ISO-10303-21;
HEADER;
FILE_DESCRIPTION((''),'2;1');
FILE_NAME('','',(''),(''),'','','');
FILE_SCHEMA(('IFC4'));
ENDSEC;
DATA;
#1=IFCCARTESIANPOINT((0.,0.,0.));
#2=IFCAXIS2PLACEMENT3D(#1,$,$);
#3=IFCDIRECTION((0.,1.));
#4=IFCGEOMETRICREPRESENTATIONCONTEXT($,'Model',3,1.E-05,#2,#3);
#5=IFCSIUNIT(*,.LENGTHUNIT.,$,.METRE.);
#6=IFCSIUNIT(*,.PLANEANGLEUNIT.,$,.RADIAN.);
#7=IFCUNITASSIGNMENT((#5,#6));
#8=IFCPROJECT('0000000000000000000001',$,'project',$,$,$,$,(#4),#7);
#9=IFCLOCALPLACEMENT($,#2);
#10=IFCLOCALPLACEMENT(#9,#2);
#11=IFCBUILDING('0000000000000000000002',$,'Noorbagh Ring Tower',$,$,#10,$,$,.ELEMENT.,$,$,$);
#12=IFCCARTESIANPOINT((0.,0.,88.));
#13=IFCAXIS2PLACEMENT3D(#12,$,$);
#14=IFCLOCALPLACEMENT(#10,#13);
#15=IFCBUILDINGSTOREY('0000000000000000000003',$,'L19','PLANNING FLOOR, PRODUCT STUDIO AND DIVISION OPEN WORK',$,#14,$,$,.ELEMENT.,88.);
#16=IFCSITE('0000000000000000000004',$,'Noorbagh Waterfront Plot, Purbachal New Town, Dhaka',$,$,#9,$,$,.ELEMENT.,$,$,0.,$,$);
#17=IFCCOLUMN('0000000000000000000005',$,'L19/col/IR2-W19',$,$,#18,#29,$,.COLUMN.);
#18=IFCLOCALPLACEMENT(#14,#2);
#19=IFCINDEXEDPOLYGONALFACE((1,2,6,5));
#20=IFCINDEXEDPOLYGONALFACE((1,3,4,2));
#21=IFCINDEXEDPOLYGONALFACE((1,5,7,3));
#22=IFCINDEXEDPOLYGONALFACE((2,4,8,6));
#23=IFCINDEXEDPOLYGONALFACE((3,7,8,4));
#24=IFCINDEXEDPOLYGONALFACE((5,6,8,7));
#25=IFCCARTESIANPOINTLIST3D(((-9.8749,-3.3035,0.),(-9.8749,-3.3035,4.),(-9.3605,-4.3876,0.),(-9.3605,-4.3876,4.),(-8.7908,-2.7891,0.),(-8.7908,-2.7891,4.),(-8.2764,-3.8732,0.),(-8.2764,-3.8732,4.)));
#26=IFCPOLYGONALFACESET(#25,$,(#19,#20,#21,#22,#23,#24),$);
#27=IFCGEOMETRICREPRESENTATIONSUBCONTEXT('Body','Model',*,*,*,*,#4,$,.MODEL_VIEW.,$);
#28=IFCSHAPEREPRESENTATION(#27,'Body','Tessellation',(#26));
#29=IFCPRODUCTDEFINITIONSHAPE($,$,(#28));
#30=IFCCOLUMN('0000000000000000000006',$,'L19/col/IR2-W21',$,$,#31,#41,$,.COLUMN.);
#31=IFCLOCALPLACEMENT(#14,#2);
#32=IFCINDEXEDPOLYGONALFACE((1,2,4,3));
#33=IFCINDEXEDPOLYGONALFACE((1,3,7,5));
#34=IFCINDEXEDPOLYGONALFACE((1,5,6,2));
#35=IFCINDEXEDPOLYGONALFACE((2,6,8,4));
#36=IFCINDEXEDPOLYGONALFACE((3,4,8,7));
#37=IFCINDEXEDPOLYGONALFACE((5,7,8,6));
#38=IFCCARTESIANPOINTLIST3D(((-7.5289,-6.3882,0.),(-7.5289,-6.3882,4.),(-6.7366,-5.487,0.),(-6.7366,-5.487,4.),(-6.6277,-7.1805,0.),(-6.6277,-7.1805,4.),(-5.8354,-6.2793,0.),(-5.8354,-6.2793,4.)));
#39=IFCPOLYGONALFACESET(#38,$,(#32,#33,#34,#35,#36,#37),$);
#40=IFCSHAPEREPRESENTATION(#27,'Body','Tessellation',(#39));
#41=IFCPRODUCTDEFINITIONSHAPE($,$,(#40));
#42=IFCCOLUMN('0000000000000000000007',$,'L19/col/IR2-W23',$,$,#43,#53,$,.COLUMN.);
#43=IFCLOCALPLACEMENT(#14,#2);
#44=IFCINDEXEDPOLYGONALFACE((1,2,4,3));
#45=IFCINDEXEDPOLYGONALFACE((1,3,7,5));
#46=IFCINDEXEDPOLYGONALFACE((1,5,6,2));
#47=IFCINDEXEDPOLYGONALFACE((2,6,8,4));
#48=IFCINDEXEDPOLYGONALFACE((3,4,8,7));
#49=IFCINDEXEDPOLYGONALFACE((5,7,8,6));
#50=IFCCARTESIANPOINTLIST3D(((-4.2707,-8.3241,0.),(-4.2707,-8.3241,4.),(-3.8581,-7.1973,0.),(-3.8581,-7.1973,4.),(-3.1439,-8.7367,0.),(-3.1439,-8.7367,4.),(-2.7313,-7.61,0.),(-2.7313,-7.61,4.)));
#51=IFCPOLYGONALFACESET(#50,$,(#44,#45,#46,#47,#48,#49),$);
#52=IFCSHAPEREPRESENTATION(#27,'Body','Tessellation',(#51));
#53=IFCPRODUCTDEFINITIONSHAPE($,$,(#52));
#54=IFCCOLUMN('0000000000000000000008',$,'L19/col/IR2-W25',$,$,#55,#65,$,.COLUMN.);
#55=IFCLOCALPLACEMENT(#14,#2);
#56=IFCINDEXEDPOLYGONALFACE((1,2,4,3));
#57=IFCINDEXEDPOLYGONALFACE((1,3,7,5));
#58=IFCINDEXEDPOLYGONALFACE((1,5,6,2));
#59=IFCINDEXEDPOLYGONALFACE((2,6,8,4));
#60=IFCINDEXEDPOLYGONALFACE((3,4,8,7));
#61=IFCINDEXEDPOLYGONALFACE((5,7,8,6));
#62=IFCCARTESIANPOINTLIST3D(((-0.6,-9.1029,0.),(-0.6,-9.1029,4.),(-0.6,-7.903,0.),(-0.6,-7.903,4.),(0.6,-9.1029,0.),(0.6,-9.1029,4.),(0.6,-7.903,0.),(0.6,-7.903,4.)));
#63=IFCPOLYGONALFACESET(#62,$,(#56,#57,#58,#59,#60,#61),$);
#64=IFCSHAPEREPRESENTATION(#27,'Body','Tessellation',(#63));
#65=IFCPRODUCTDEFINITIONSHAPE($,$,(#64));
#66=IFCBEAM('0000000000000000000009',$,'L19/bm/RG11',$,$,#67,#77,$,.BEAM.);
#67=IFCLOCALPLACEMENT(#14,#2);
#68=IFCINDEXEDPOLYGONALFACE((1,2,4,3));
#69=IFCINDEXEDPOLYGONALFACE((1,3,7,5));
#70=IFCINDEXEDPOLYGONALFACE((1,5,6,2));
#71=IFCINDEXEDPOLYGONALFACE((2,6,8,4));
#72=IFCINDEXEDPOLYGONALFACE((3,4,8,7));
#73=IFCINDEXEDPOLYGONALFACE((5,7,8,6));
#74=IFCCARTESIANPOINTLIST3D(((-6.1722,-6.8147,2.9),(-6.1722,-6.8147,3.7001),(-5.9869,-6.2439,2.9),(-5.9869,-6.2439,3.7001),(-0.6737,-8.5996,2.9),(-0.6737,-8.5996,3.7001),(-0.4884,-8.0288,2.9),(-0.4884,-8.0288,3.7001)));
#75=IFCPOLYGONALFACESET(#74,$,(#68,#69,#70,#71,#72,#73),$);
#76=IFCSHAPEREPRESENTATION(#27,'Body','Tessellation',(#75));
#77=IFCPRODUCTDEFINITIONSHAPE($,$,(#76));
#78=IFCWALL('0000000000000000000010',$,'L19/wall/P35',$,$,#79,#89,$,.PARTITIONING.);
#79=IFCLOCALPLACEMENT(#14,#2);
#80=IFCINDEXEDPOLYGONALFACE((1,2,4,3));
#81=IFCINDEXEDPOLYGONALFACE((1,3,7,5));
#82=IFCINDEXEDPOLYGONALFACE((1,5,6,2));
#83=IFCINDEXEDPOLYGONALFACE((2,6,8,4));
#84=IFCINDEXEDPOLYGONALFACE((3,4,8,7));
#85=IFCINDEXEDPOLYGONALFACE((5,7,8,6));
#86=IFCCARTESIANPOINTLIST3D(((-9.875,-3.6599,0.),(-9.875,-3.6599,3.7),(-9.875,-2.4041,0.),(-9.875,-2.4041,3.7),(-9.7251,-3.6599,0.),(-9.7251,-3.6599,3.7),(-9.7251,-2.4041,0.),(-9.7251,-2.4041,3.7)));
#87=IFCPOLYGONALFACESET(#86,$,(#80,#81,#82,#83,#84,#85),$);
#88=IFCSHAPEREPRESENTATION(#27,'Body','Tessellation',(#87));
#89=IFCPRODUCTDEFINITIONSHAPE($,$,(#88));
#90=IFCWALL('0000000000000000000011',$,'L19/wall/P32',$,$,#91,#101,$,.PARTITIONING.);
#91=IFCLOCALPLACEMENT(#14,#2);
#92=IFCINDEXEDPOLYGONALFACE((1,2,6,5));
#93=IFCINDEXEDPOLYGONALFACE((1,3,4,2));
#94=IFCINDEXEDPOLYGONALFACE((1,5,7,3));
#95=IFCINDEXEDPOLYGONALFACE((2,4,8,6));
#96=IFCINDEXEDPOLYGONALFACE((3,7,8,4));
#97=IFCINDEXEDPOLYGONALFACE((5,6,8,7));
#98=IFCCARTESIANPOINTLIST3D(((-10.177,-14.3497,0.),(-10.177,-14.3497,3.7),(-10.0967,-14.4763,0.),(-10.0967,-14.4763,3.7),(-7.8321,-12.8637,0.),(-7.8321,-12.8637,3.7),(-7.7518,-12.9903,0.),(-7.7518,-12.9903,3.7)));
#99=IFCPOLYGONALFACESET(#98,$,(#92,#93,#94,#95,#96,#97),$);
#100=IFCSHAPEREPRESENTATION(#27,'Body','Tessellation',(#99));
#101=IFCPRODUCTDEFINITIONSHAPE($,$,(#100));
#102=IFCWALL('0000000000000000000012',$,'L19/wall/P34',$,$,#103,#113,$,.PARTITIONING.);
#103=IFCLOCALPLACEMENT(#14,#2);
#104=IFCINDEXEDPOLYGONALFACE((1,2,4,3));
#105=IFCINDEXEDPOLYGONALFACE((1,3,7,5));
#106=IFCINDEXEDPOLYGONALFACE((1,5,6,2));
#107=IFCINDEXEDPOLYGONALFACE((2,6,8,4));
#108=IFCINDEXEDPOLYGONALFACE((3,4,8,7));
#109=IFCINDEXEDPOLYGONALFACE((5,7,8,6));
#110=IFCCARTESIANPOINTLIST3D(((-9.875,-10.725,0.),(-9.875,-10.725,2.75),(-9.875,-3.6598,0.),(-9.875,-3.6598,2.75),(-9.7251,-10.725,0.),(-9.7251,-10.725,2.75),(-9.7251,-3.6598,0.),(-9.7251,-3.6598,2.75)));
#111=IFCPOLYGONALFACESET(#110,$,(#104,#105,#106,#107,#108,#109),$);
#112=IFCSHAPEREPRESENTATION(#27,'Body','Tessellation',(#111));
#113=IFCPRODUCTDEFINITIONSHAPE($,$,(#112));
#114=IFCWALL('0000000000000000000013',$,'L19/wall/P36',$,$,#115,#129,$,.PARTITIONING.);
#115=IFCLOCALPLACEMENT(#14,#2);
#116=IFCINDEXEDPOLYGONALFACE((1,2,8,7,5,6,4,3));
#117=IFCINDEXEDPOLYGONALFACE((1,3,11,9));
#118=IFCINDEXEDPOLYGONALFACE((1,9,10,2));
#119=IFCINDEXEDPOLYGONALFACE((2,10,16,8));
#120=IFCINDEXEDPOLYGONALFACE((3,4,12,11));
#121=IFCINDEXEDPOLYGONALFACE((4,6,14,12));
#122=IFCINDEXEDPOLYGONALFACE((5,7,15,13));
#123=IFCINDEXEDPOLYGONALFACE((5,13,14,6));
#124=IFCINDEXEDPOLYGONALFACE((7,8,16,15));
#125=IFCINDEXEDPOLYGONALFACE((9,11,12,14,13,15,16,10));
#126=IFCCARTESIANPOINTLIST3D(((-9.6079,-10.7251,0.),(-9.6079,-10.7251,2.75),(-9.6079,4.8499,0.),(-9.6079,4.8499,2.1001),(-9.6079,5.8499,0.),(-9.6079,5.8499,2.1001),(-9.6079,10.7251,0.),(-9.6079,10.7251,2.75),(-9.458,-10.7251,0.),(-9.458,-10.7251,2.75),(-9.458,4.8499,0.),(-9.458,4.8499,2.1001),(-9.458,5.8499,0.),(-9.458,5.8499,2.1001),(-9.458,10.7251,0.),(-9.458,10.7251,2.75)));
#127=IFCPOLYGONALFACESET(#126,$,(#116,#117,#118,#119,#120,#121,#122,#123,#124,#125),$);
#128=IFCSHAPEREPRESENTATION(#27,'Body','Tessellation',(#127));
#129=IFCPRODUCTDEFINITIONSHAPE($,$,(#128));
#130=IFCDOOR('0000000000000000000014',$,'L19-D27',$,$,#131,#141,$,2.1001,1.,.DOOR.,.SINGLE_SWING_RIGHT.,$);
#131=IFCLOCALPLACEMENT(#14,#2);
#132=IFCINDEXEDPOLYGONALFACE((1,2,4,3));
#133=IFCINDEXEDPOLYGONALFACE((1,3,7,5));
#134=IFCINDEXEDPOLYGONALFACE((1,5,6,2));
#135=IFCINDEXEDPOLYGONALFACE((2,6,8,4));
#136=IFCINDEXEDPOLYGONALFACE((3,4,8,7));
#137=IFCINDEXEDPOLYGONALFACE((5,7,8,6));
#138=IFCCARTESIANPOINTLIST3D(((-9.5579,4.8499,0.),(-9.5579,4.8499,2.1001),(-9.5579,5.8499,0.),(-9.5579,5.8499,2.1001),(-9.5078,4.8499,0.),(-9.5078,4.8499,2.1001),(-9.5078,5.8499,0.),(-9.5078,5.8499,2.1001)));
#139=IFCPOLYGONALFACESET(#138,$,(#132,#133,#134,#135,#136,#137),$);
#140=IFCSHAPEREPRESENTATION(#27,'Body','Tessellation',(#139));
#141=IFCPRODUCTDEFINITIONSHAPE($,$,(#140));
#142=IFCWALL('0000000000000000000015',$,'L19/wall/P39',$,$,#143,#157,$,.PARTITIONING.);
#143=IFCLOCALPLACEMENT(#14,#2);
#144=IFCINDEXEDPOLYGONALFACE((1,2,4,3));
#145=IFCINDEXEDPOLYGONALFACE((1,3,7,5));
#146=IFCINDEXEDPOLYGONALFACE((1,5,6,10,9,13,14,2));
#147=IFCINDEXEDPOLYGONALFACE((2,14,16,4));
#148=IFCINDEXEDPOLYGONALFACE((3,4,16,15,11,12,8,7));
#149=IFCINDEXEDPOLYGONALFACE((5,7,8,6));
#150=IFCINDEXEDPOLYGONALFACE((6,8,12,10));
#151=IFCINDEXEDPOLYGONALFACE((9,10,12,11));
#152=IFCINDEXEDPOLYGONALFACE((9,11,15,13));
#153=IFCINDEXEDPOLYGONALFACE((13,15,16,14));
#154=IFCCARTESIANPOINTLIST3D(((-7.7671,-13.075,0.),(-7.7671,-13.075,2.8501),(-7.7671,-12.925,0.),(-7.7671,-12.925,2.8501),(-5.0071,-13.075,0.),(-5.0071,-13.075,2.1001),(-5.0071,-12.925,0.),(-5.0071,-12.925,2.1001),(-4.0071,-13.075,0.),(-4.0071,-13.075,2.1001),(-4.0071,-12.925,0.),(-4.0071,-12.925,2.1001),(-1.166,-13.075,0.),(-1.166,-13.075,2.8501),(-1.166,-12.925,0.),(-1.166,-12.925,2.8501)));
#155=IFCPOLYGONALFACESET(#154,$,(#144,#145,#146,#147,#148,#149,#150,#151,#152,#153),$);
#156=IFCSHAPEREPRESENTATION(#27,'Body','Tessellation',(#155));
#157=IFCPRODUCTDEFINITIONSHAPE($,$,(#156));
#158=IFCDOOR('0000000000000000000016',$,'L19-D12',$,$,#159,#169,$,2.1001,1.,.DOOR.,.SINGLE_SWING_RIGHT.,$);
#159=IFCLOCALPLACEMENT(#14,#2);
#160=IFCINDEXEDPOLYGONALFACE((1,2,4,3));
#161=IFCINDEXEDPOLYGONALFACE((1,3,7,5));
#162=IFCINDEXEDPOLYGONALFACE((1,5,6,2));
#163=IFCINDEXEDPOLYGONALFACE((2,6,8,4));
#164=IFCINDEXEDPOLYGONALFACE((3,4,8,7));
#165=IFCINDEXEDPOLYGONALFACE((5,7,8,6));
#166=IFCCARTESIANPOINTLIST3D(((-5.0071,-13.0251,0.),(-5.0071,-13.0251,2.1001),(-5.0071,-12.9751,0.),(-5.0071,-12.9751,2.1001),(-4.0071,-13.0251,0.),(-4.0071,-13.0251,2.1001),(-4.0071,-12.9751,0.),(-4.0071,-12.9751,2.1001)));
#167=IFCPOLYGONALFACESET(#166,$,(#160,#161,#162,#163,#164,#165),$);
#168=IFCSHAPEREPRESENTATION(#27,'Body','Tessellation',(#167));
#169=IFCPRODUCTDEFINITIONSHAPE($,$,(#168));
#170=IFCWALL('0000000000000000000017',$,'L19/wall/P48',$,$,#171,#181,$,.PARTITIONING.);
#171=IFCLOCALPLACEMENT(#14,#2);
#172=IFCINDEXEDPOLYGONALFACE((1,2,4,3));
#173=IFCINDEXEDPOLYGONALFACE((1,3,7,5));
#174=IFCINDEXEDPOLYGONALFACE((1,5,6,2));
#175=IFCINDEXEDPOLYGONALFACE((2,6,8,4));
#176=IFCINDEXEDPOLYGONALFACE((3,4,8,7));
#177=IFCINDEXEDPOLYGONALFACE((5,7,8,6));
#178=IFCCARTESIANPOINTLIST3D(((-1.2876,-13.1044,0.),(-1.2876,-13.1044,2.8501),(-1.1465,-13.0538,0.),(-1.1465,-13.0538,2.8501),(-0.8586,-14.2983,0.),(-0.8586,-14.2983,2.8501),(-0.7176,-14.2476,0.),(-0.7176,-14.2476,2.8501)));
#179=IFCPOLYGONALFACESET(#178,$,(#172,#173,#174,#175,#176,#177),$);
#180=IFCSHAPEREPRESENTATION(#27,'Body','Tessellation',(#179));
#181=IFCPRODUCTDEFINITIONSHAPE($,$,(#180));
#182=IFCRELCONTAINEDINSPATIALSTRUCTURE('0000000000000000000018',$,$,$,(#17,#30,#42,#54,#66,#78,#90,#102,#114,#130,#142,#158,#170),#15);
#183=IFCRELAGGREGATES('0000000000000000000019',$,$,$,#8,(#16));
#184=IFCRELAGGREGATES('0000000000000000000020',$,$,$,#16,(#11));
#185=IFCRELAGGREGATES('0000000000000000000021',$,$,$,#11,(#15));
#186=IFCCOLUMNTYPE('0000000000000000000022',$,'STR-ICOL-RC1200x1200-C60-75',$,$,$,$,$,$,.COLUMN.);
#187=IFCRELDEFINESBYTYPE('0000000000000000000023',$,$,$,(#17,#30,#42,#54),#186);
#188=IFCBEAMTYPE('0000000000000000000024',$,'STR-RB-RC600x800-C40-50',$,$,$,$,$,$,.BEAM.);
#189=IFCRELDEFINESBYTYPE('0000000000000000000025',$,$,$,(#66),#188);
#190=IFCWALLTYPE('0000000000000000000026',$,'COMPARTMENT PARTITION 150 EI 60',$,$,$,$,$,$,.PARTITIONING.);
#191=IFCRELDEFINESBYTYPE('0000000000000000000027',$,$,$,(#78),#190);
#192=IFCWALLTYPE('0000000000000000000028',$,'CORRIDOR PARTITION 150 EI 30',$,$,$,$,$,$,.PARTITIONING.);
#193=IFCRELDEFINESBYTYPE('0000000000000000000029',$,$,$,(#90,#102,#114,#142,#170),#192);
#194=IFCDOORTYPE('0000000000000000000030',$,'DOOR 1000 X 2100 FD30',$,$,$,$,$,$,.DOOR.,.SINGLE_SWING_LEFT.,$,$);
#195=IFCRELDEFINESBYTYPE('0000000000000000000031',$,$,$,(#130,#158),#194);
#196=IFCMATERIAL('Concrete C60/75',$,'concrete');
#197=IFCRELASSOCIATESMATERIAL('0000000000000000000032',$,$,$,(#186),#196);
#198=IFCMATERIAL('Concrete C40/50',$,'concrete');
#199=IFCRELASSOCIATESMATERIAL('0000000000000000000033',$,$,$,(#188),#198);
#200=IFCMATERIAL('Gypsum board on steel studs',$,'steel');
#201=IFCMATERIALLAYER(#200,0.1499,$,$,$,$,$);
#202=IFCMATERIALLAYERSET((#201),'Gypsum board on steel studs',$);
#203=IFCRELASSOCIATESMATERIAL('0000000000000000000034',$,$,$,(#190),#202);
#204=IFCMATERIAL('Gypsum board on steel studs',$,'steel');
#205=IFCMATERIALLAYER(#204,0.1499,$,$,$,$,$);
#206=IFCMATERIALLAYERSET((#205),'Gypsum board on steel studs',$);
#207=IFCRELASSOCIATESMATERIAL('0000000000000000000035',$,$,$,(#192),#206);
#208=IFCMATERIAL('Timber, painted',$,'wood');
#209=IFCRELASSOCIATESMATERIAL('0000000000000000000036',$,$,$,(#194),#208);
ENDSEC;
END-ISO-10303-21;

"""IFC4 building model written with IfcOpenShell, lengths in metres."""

from ifc_helpers import new_model, si_unit, direction, frame, frame_2d, origin, origin_2d, place, context, subcontext, project, spatial, rectangle, extrude, material, layer, layer_set, material_profile, profile_set, type_object, element, fill, save


model = new_model("IFC4")

# Units and contexts
model_context = context("Model", 3, precision=1e-05, world=origin(), true_north=direction((0.0, 1.0)))
body_context = subcontext(model_context, "Body", "Model", "MODEL_VIEW")
ifc_project = project(units=[si_unit("LENGTHUNIT", "METRE"), si_unit("PLANEANGLEUNIT", "RADIAN")], contexts=[model_context])

# Site, building, storey
site_placement = place(None, origin())
site = spatial("IfcSite", under=ifc_project, at=site_placement, Name="Noorbagh Waterfront Plot, Purbachal New Town, Dhaka", CompositionType="ELEMENT", RefElevation=0.0)
building_placement = place(site_placement, origin())
building = spatial("IfcBuilding", under=site, at=building_placement, Name="Noorbagh Ring Tower", CompositionType="ELEMENT")
storey_placement = place(building_placement, frame((0.0, 0.0, 88.0)))
storey = spatial("IfcBuildingStorey", under=building, at=storey_placement, Name="L19", Description="PLANNING FLOOR, PRODUCT STUDIO AND DIVISION OPEN WORK", CompositionType="ELEMENT", Elevation=88.0)

# Columns
ifc_material_1 = material(Name="Concrete C60/75", Category="concrete")
ifc_material_profile_1 = material_profile(ifc_material_1, rectangle(XDim=1.2, YDim=1.2, at=origin_2d()), Name="RC1200x1200")
ifc_profile_set_1 = profile_set([ifc_material_profile_1], Name="Concrete C60/75")
column_type = type_object("IfcColumnType", Name="STR-ICOL-RC1200x1200-C60-75", PredefinedType="COLUMN", material=ifc_profile_set_1)
for number, where, z_axis, x_axis, name in (
    (1, (-9.0757, -3.5884, 0.0), (0.0, 0.0, 1.0), (0.428667, -0.903463, 0.0), "L19/col/IR2-W19"),
    (2, (-6.6821, -6.3337, 0.0), (0.0, 0.0, 1.0), (0.751022, -0.660277, 0.0), "L19/col/IR2-W21"),
    (3, (-3.501, -7.967, 0.0), (0.0, 0.0, 1.0), (0.93902, -0.343864, 0.0), "L19/col/IR2-W23"),
    (4, (0.0, -8.5029, 0.0), (0.0, 0.0, 1.0), (1.0, 0.0, 0.0), "L19/col/IR2-W25"),
):
    element("IfcColumn", number, at=place(storey_placement, frame(where, z_axis=z_axis, x_axis=x_axis)), inside=storey, type_object=column_type, Name=name, PredefinedType="COLUMN", context=body_context, shape_type="SweptSolid", body=[
        extrude(rectangle(XDim=1.2, YDim=1.2, at=origin_2d()), origin(), (0.0, 0.0, 1.0), 4.0),
    ])

# Beam
ifc_material_2 = material(Name="Concrete C40/50", Category="concrete")
ifc_material_profile_2 = material_profile(ifc_material_2, rectangle(XDim=0.6001, YDim=0.8, at=origin_2d()), Name="RC600x800")
ifc_profile_set_2 = profile_set([ifc_material_profile_2], Name="Concrete C40/50")
beam_type = type_object("IfcBeamType", Name="STR-RB-RC600x800-C40-50", PredefinedType="BEAM", material=ifc_profile_set_2)
beam_placement = place(storey_placement, frame((-6.0796, -6.5293, 3.3), z_axis=(0.951141, -0.308756, 0.0), x_axis=(0.308756, 0.951141, 0.0)))
element("IfcBeam", 5, at=beam_placement, inside=storey, type_object=beam_type, Name="L19/bm/RG11", PredefinedType="BEAM", context=body_context, shape_type="SweptSolid", body=[
    extrude(rectangle(XDim=0.6001, YDim=0.8, at=origin_2d()), origin(), (0.0, 0.0, 1.0), 5.781),
])

# Walls
ifc_material_3 = material(Name="Gypsum board on steel studs", Category="steel")
ifc_layer_1 = layer(ifc_material_3, 0.1499)
ifc_layer_set_1 = layer_set([ifc_layer_1], Name="Gypsum board on steel studs")
wall_type_1 = type_object("IfcWallType", Name="COMPARTMENT PARTITION 150 EI 60", PredefinedType="PARTITIONING", material=ifc_layer_set_1)
wall_1_placement = place(storey_placement, frame((-9.8, -3.6599, 0.0), z_axis=(0.0, 0.0, 1.0), x_axis=(0.0, 1.0, 0.0)))
element("IfcWall", 6, at=wall_1_placement, inside=storey, type_object=wall_type_1, Name="L19/wall/P35", PredefinedType="PARTITIONING", context=body_context, shape_type="SweptSolid", body=[
    extrude(rectangle(XDim=1.2559, YDim=0.1499, at=frame_2d((0.6279, 0.0))), origin(), (0.0, 0.0, 1.0), 3.7),
])
ifc_material_4 = material(Name="Gypsum board on steel studs", Category="steel")
ifc_layer_2 = layer(ifc_material_4, 0.1499)
ifc_layer_set_2 = layer_set([ifc_layer_2], Name="Gypsum board on steel studs")
wall_type_2 = type_object("IfcWallType", Name="CORRIDOR PARTITION 150 EI 30", PredefinedType="PARTITIONING", material=ifc_layer_set_2)
wall_2_placement = place(storey_placement, frame((-10.137, -14.4131, 0.0), z_axis=(0.0, 0.0, 1.0), x_axis=(0.844667, 0.535293, 0.0)))
element("IfcWall", 7, at=wall_2_placement, inside=storey, type_object=wall_type_2, Name="L19/wall/P32", PredefinedType="PARTITIONING", context=body_context, shape_type="SweptSolid", body=[
    extrude(rectangle(XDim=2.7761, YDim=0.1499, at=frame_2d((1.3882, 0.0))), origin(), (0.0, 0.0, 1.0), 3.7),
])
wall_3_placement = place(storey_placement, frame((-9.8, -10.7251, 0.0), z_axis=(0.0, 0.0, 1.0), x_axis=(0.0, 1.0, 0.0)))
element("IfcWall", 8, at=wall_3_placement, inside=storey, type_object=wall_type_2, Name="L19/wall/P34", PredefinedType="PARTITIONING", context=body_context, shape_type="SweptSolid", body=[
    extrude(rectangle(XDim=7.0652, YDim=0.1499, at=frame_2d((3.5327, 0.0))), origin(), (0.0, 0.0, 1.0), 2.75),
])

# Walls, openings, doors
wall_4_placement = place(storey_placement, frame((-9.533, -10.7251, 0.0), z_axis=(0.0, 0.0, 1.0), x_axis=(0.0, 1.0, 0.0)))
wall_4 = element("IfcWall", 9, at=wall_4_placement, inside=storey, type_object=wall_type_2, Name="L19/wall/P36", PredefinedType="PARTITIONING", context=body_context, shape_type="SweptSolid", body=[
    extrude(rectangle(XDim=21.4502, YDim=0.1499, at=frame_2d((10.7251, 0.0))), origin(), (0.0, 0.0, 1.0), 2.75),
])
opening_1_placement = place(wall_4_placement, frame((15.575, 0.0, 0.0)))
opening_1 = element("IfcOpeningElement", 10, at=opening_1_placement, cuts=wall_4, PredefinedType="OPENING", context=body_context, shape_type="SweptSolid", body=[
    extrude(rectangle(XDim=1.0, YDim=2.1001, at=frame_2d((0.5, 1.05))), frame((0.0, 0.085, 0.0), z_axis=(0.0, -1.0, 0.0), x_axis=(1.0, 0.0, 0.0)), (0.0, 0.0, 1.0), 0.1699),
])
ifc_material_5 = material(Name="Timber, painted", Category="wood")
door_type = type_object("IfcDoorType", Name="DOOR 1000 X 2100 FD30", OperationType="SINGLE_SWING_LEFT", PredefinedType="DOOR", material=ifc_material_5)
door_1_placement = place(opening_1_placement, origin())
door_1 = element("IfcDoor", 11, at=door_1_placement, inside=storey, type_object=door_type, Name="L19-D27", OperationType="SINGLE_SWING_RIGHT", OverallHeight=2.1001, OverallWidth=1.0, PredefinedType="DOOR", context=body_context, shape_type="SweptSolid", body=[
    extrude(rectangle(XDim=1.0, YDim=2.1001, at=frame_2d((0.5, 1.05))), frame((0.0, 0.0249, 0.0), z_axis=(0.0, -1.0, 0.0), x_axis=(1.0, 0.0, 0.0)), (0.0, 0.0, 1.0), 0.05),
])
fill(opening_1, door_1)
wall_5_placement = place(storey_placement, frame((-7.7671, -13.0, 0.0), z_axis=(0.0, 0.0, 1.0), x_axis=(1.0, 0.0, 0.0)))
wall_5 = element("IfcWall", 12, at=wall_5_placement, inside=storey, type_object=wall_type_2, Name="L19/wall/P39", PredefinedType="PARTITIONING", context=body_context, shape_type="SweptSolid", body=[
    extrude(rectangle(XDim=6.6011, YDim=0.1499, at=frame_2d((3.3005, 0.0))), origin(), (0.0, 0.0, 1.0), 2.8501),
])
opening_2_placement = place(wall_5_placement, frame((2.76, 0.0, 0.0)))
opening_2 = element("IfcOpeningElement", 13, at=opening_2_placement, cuts=wall_5, PredefinedType="OPENING", context=body_context, shape_type="SweptSolid", body=[
    extrude(rectangle(XDim=1.0, YDim=2.1001, at=frame_2d((0.5, 1.05))), frame((0.0, 0.085, 0.0), z_axis=(0.0, -1.0, 0.0), x_axis=(1.0, 0.0, 0.0)), (0.0, 0.0, 1.0), 0.1699),
])
door_2_placement = place(opening_2_placement, origin())
door_2 = element("IfcDoor", 14, at=door_2_placement, inside=storey, type_object=door_type, Name="L19-D12", OperationType="SINGLE_SWING_RIGHT", OverallHeight=2.1001, OverallWidth=1.0, PredefinedType="DOOR", context=body_context, shape_type="SweptSolid", body=[
    extrude(rectangle(XDim=1.0, YDim=2.1001, at=frame_2d((0.5, 1.05))), frame((0.0, 0.0249, 0.0), z_axis=(0.0, -1.0, 0.0), x_axis=(1.0, 0.0, 0.0)), (0.0, 0.0, 1.0), 0.05),
])
fill(opening_2, door_2)

# Wall
wall_6_placement = place(storey_placement, frame((-1.217, -13.0791, 0.0), z_axis=(0.0, 0.0, 1.0), x_axis=(0.33814, -0.941096, 0.0)))
element("IfcWall", 15, at=wall_6_placement, inside=storey, type_object=wall_type_2, Name="L19/wall/P48", PredefinedType="PARTITIONING", context=body_context, shape_type="SweptSolid", body=[
    extrude(rectangle(XDim=1.2686, YDim=0.1499, at=frame_2d((0.6343, 0.0))), origin(), (0.0, 0.0, 1.0), 2.8501),
])

save(model, "model.ifc")
